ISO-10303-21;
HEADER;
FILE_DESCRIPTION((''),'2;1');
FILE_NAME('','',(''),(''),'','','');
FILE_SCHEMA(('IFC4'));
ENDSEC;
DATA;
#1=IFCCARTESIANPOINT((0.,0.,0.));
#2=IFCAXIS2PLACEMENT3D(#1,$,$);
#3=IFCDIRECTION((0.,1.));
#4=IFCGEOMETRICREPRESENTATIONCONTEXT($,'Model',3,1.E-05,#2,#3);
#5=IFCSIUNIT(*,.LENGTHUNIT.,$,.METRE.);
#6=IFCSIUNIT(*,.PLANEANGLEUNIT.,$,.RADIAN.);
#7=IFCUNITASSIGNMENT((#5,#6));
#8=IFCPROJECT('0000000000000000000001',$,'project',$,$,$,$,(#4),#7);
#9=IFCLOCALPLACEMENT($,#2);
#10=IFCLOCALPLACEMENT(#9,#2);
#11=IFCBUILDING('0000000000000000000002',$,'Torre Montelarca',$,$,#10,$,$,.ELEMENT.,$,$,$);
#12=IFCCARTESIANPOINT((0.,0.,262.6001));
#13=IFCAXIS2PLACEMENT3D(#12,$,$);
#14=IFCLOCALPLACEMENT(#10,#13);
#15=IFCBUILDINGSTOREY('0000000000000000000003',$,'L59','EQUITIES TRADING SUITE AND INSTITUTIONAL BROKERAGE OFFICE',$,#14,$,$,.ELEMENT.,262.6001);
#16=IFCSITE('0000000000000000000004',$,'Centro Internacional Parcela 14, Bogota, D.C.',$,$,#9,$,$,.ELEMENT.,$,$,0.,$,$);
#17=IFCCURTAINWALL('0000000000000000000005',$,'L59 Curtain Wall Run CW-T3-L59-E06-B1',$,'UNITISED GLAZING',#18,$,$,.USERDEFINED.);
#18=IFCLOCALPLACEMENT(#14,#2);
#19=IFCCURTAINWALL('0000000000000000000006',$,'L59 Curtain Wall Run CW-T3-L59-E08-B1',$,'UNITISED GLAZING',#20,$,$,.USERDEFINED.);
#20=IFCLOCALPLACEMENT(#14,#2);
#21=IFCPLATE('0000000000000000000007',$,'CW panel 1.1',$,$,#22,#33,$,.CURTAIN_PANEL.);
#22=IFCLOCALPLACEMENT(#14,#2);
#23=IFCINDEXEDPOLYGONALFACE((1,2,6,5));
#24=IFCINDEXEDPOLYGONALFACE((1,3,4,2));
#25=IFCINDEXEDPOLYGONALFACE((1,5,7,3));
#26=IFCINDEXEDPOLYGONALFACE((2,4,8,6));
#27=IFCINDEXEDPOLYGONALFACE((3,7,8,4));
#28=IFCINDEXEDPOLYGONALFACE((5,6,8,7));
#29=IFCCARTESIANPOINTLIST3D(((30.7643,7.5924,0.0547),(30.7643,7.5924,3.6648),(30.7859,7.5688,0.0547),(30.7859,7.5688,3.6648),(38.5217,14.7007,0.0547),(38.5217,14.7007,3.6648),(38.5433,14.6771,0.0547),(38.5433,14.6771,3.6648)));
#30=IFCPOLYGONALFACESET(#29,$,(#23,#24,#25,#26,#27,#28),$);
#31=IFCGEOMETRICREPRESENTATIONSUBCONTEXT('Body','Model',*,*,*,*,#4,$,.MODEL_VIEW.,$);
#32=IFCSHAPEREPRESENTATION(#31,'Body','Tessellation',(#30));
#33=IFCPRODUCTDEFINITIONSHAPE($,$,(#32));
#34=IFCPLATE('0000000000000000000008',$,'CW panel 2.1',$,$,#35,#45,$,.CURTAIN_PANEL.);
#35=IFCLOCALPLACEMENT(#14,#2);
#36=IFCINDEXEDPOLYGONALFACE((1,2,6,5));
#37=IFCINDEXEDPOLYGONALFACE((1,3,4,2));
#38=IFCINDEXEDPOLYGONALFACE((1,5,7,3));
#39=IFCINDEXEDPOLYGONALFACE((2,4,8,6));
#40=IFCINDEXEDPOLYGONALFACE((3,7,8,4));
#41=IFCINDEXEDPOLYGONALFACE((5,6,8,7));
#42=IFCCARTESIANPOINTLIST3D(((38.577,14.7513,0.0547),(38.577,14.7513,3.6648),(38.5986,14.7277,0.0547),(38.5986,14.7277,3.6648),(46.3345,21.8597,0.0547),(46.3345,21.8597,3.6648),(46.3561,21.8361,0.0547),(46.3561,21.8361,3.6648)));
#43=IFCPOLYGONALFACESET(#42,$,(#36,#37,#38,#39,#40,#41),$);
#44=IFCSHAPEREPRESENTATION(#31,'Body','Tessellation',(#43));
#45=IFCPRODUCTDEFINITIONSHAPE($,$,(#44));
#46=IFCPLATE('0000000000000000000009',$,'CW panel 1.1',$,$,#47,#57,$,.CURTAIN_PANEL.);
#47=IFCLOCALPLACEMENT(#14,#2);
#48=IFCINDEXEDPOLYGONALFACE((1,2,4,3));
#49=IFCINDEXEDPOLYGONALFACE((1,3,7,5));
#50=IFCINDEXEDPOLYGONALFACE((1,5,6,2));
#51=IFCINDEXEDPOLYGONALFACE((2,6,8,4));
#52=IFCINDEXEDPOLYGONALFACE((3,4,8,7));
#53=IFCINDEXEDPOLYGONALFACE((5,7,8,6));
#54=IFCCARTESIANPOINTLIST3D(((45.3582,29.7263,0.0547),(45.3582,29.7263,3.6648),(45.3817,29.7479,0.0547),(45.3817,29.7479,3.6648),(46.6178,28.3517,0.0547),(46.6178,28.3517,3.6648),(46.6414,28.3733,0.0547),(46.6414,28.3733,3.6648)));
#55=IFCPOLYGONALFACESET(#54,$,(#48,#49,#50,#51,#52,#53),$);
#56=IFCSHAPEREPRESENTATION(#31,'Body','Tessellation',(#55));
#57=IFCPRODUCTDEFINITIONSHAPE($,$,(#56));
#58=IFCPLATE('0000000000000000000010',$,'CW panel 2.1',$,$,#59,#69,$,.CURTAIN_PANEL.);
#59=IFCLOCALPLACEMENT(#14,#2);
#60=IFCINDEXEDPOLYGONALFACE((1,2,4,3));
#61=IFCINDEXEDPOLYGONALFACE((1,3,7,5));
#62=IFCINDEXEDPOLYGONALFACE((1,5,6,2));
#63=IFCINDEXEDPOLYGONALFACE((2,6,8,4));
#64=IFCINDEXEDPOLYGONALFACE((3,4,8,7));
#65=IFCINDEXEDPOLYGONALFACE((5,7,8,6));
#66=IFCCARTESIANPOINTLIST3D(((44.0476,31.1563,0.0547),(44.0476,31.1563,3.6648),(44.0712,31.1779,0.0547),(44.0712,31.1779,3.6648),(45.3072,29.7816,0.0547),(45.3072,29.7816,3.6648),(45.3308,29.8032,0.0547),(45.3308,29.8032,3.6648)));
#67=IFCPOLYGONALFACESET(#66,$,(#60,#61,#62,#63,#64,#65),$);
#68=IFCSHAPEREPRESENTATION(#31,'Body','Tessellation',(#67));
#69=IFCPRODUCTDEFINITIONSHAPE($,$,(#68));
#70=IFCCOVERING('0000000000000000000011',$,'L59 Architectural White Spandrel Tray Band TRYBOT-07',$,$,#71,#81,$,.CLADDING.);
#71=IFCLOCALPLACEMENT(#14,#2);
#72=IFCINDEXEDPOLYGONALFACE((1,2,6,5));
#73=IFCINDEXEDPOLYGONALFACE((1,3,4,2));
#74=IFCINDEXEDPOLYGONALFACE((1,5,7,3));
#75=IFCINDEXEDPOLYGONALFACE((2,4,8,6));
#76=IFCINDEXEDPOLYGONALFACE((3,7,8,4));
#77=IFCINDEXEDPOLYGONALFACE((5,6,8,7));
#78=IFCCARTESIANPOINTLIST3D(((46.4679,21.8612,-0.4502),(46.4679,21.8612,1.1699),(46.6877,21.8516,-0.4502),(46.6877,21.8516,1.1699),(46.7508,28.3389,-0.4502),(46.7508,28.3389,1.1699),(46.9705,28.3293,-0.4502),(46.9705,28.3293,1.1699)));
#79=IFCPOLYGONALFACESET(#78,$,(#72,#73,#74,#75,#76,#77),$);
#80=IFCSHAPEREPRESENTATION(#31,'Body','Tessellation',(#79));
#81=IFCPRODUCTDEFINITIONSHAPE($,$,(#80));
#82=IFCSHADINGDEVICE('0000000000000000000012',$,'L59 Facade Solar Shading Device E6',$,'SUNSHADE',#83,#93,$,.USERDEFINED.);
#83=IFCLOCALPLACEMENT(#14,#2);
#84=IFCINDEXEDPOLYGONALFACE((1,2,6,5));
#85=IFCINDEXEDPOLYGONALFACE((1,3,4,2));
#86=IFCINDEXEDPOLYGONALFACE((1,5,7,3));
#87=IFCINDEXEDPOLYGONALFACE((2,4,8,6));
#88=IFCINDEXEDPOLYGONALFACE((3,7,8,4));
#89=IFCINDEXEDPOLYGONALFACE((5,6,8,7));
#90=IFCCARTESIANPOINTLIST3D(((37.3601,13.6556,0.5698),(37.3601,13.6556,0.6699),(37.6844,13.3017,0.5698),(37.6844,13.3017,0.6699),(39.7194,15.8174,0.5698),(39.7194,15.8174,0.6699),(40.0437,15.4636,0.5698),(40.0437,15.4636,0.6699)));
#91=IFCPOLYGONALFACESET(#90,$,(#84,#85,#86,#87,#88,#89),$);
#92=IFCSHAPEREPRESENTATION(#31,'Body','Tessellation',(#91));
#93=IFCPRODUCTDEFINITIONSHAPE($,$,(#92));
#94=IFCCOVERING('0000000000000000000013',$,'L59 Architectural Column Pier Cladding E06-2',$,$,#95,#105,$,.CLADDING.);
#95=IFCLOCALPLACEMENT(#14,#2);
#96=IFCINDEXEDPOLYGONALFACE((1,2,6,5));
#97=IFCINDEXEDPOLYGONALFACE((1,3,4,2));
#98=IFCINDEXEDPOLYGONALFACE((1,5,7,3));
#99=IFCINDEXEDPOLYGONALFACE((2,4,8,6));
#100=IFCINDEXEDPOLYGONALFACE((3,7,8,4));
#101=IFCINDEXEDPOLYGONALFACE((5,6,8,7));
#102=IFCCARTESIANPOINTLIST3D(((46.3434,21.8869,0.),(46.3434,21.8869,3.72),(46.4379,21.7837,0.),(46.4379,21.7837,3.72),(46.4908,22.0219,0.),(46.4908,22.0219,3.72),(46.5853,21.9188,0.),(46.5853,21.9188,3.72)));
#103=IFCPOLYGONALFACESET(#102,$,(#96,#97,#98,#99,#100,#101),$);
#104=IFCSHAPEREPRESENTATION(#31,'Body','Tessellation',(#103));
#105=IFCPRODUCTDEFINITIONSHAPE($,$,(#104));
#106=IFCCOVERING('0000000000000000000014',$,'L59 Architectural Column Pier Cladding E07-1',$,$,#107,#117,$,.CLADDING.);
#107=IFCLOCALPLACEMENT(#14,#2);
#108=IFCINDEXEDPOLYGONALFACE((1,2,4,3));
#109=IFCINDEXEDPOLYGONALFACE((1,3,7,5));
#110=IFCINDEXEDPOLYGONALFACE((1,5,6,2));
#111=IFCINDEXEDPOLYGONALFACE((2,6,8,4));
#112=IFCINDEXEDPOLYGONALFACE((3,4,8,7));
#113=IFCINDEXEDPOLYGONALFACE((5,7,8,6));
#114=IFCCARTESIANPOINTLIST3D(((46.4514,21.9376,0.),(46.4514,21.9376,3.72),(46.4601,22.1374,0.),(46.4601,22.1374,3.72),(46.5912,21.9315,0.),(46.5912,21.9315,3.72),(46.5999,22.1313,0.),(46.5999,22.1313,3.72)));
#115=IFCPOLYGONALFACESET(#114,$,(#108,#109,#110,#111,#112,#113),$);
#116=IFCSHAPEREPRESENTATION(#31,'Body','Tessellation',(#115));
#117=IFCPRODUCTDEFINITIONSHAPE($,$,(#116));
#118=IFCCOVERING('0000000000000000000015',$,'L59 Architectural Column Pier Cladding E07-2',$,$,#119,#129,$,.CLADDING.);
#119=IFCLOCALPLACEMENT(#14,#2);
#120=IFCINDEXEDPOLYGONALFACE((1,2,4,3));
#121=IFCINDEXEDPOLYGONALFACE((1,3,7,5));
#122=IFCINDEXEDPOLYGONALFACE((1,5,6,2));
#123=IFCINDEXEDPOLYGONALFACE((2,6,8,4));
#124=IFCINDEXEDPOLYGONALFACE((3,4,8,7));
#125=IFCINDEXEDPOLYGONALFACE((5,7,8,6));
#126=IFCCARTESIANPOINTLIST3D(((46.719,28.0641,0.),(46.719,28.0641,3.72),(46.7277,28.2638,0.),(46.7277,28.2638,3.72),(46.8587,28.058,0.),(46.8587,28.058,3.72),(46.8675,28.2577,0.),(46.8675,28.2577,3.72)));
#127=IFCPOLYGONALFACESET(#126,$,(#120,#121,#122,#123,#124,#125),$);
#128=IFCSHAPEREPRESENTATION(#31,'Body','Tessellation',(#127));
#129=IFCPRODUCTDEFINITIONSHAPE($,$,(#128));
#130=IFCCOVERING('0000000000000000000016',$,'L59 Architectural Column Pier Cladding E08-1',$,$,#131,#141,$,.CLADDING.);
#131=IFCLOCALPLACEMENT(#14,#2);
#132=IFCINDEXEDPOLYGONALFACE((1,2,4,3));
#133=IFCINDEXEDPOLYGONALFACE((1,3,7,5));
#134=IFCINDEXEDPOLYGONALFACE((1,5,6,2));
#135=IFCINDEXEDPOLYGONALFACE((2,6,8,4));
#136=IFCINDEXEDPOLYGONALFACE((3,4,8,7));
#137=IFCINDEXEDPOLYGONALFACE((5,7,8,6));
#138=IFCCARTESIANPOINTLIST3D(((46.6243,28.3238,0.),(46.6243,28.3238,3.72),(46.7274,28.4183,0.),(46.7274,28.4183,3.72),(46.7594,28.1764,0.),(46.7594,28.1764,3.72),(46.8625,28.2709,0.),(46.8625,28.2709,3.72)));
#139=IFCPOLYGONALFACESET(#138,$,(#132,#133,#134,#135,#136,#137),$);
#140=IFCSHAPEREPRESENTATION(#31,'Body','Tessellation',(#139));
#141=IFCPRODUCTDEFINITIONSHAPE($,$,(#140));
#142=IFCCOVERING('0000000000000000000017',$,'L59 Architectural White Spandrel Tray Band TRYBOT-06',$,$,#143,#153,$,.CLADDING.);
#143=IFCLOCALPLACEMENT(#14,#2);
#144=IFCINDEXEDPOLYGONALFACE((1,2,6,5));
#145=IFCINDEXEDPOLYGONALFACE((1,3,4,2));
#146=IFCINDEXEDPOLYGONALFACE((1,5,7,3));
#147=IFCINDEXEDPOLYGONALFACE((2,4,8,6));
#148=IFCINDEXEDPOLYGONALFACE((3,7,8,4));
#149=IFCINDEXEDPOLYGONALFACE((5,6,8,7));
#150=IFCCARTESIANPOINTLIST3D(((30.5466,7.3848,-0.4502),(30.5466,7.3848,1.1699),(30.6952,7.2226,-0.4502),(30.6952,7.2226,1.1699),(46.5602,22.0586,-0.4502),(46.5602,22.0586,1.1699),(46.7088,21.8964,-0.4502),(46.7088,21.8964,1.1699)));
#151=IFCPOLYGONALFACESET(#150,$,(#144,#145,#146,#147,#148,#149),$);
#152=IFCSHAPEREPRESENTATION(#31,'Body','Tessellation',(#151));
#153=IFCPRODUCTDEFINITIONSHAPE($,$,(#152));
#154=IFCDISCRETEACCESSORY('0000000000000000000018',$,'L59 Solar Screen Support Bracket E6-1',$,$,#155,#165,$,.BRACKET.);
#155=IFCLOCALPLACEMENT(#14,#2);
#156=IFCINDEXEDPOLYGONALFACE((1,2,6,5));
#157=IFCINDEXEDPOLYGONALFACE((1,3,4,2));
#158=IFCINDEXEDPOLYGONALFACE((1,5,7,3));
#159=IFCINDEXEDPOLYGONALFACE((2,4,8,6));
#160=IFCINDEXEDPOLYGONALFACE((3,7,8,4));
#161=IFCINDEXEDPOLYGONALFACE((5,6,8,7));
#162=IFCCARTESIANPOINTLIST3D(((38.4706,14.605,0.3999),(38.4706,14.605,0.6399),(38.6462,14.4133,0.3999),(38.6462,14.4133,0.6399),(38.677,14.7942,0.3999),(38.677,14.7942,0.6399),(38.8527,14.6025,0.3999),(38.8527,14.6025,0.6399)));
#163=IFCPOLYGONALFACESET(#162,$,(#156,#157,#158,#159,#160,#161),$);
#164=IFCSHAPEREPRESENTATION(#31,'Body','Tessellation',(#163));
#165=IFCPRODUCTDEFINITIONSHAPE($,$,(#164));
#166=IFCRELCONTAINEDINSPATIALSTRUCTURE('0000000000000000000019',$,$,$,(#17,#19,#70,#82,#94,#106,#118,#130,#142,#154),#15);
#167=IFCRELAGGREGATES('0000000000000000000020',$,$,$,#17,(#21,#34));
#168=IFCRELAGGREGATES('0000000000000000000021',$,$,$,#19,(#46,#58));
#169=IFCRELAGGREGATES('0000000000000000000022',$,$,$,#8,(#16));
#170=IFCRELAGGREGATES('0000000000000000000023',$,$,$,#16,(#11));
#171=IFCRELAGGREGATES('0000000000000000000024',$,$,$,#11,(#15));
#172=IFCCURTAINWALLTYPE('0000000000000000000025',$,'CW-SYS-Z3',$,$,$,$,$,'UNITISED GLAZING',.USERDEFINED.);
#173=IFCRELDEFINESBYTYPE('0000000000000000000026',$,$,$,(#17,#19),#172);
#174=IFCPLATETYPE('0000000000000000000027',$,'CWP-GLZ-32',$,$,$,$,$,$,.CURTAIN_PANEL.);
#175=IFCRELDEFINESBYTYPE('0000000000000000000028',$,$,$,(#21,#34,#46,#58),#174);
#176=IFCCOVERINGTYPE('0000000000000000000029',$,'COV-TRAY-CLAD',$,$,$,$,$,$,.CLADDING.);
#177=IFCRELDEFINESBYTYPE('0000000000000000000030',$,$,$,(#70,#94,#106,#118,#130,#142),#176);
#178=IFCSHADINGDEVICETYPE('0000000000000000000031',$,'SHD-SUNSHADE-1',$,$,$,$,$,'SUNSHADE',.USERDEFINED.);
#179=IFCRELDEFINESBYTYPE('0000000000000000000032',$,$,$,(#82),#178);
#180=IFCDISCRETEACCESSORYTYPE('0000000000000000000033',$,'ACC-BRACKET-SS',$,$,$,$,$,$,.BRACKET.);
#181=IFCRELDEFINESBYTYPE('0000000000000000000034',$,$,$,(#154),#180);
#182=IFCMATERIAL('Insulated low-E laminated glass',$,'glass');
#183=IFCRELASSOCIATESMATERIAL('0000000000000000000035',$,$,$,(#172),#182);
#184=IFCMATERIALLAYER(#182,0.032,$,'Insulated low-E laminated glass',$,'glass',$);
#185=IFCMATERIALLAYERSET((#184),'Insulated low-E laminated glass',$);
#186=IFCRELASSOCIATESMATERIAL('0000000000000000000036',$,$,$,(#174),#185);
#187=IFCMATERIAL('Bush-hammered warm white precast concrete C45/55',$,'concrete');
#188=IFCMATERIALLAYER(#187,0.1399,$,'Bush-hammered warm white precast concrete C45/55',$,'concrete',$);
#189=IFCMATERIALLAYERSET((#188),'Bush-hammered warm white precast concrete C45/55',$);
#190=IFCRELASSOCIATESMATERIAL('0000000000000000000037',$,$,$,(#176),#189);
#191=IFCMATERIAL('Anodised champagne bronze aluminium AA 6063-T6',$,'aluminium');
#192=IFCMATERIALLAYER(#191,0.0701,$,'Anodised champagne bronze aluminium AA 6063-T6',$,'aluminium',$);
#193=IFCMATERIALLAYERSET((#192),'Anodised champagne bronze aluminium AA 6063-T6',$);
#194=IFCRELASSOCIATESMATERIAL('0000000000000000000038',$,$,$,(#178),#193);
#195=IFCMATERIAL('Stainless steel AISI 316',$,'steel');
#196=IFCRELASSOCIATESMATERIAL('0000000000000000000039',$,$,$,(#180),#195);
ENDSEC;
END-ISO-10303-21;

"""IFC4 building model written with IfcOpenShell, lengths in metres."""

from ifc_helpers import new_model, si_unit, direction, frame, origin, origin_2d, place, context, subcontext, project, spatial, rectangle, extrude, source, transform, mapped, material, layer, layer_set, type_object, element, aggregate, save


model = new_model("IFC4")

# Units and contexts
model_context = context("Model", 3, precision=1e-05, world=origin(), true_north=direction((0.0, 1.0)))
body_context = subcontext(model_context, "Body", "Model", "MODEL_VIEW")
ifc_project = project(units=[si_unit("LENGTHUNIT", "METRE"), si_unit("PLANEANGLEUNIT", "RADIAN")], contexts=[model_context])

# Site, building, storey
site_placement = place(None, origin())
site = spatial("IfcSite", under=ifc_project, at=site_placement, Name="Centro Internacional Parcela 14, Bogota, D.C.", CompositionType="ELEMENT", RefElevation=0.0)
building_placement = place(site_placement, origin())
building = spatial("IfcBuilding", under=site, at=building_placement, Name="Torre Montelarca", CompositionType="ELEMENT")
storey_placement = place(building_placement, frame((0.0, 0.0, 262.6001)))
storey = spatial("IfcBuildingStorey", under=building, at=storey_placement, Name="L59", Description="EQUITIES TRADING SUITE AND INSTITUTIONAL BROKERAGE OFFICE", CompositionType="ELEMENT", Elevation=262.6001)

# Curtain wall
ifc_material_1 = material(Name="Insulated low-E laminated glass", Category="glass")
curtain_wall_type = type_object("IfcCurtainWallType", Name="CW-SYS-Z3", ElementType="UNITISED GLAZING", PredefinedType="USERDEFINED", material=ifc_material_1)
curtain_wall_1_placement = place(storey_placement, origin())
curtain_wall_1 = element("IfcCurtainWall", 1, at=curtain_wall_1_placement, inside=storey, type_object=curtain_wall_type, Name="L59 Curtain Wall Run CW-T3-L59-E06-B1", ObjectType="UNITISED GLAZING", PredefinedType="USERDEFINED")

# Curtain wall
curtain_wall_2_placement = place(storey_placement, origin())
curtain_wall_2 = element("IfcCurtainWall", 2, at=curtain_wall_2_placement, inside=storey, type_object=curtain_wall_type, Name="L59 Curtain Wall Run CW-T3-L59-E08-B1", ObjectType="UNITISED GLAZING", PredefinedType="USERDEFINED")

# Plates
ifc_layer_1 = layer(ifc_material_1, 0.032, Name="Insulated low-E laminated glass", Category="glass")
ifc_layer_set_1 = layer_set([ifc_layer_1], Name="Insulated low-E laminated glass")
plate_type_1 = type_object("IfcPlateType", Name="CWP-GLZ-32", PredefinedType="CURTAIN_PANEL", material=ifc_layer_set_1)
shared_shape_1 = source(origin(), body_context, "Body", "SweptSolid", [
    extrude(rectangle(XDim=10.5217, YDim=0.032, at=origin_2d()), origin(), (0.0, 0.0, 1.0), 3.6101),
])
plate_1_placement = place(storey_placement, frame((34.6538, 11.1348, 0.0547), z_axis=(0.0, 0.0, 1.0), x_axis=(0.73728, 0.675587, 0.0)))
plate_1 = element("IfcPlate", 3, at=plate_1_placement, type_object=plate_type_1, Name="CW panel 1.1", PredefinedType="CURTAIN_PANEL", context=body_context, shape_type="MappedRepresentation", body=[
    mapped(shared_shape_1, transform((0.0, 0.0, 0.0), scale=1.0)),
])
plate_2_placement = place(storey_placement, frame((42.4666, 18.2937, 0.0547), z_axis=(0.0, 0.0, 1.0), x_axis=(0.73728, 0.675587, 0.0)))
plate_2 = element("IfcPlate", 4, at=plate_2_placement, type_object=plate_type_1, Name="CW panel 2.1", PredefinedType="CURTAIN_PANEL", context=body_context, shape_type="MappedRepresentation", body=[
    mapped(shared_shape_1, transform((0.0, 0.0, 0.0), scale=1.0)),
])
aggregate(curtain_wall_1, [plate_1, plate_2])
shared_shape_2 = source(origin(), body_context, "Body", "SweptSolid", [
    extrude(rectangle(XDim=1.8645, YDim=0.032, at=origin_2d()), origin(), (0.0, 0.0, 1.0), 3.6101),
])
plate_3_placement = place(storey_placement, frame((45.9998, 29.0498, 0.0547), z_axis=(0.0, 0.0, 1.0), x_axis=(-0.67558, 0.737286, 0.0)))
plate_3 = element("IfcPlate", 5, at=plate_3_placement, type_object=plate_type_1, Name="CW panel 1.1", PredefinedType="CURTAIN_PANEL", context=body_context, shape_type="MappedRepresentation", body=[
    mapped(shared_shape_2, transform((0.0, 0.0, 0.0), scale=1.0)),
])
plate_4_placement = place(storey_placement, frame((44.6892, 30.4797, 0.0547), z_axis=(0.0, 0.0, 1.0), x_axis=(-0.67558, 0.737286, 0.0)))
plate_4 = element("IfcPlate", 6, at=plate_4_placement, type_object=plate_type_1, Name="CW panel 2.1", PredefinedType="CURTAIN_PANEL", context=body_context, shape_type="MappedRepresentation", body=[
    mapped(shared_shape_2, transform((0.0, 0.0, 0.0), scale=1.0)),
])
aggregate(curtain_wall_2, [plate_3, plate_4])

# Covering
ifc_material_2 = material(Name="Bush-hammered warm white precast concrete C45/55", Category="concrete")
ifc_layer_2 = layer(ifc_material_2, 0.1399, Name="Bush-hammered warm white precast concrete C45/55", Category="concrete")
ifc_layer_set_2 = layer_set([ifc_layer_2], Name="Bush-hammered warm white precast concrete C45/55")
covering_type = type_object("IfcCoveringType", Name="COV-TRAY-CLAD", PredefinedType="CLADDING", material=ifc_layer_set_2)
shared_shape_3 = source(origin(), body_context, "Body", "SweptSolid", [
    extrude(rectangle(XDim=6.4839, YDim=0.22, at=origin_2d()), origin(), (0.0, 0.0, 1.0), 1.6201),
])
covering_1_placement = place(storey_placement, frame((46.7192, 25.0952, -0.4502), z_axis=(0.0, 0.0, 1.0), x_axis=(0.043621, 0.999048, 0.0)))
element("IfcCovering", 7, at=covering_1_placement, inside=storey, type_object=covering_type, Name="L59 Architectural White Spandrel Tray Band TRYBOT-07", PredefinedType="CLADDING", context=body_context, shape_type="MappedRepresentation", body=[
    mapped(shared_shape_3, transform((0.0, 0.0, 0.0), scale=1.0)),
])

# Shading device
ifc_material_3 = material(Name="Anodised champagne bronze aluminium AA 6063-T6", Category="aluminium")
ifc_layer_3 = layer(ifc_material_3, 0.0701, Name="Anodised champagne bronze aluminium AA 6063-T6", Category="aluminium")
ifc_layer_set_3 = layer_set([ifc_layer_3], Name="Anodised champagne bronze aluminium AA 6063-T6")
shading_device_type = type_object("IfcShadingDeviceType", Name="SHD-SUNSHADE-1", ElementType="SUNSHADE", PredefinedType="USERDEFINED", material=ifc_layer_set_3)
shared_shape_4 = source(origin(), body_context, "Body", "SweptSolid", [
    extrude(rectangle(XDim=3.2, YDim=0.48, at=origin_2d()), origin(), (0.0, 0.0, 1.0), 0.1001),
])
shading_device_placement = place(storey_placement, frame((38.7019, 14.5596, 0.5698), z_axis=(0.0, 0.0, 1.0), x_axis=(0.737276, 0.675591, 0.0)))
element("IfcShadingDevice", 8, at=shading_device_placement, inside=storey, type_object=shading_device_type, Name="L59 Facade Solar Shading Device E6", ObjectType="SUNSHADE", PredefinedType="USERDEFINED", context=body_context, shape_type="MappedRepresentation", body=[
    mapped(shared_shape_4, transform((0.0, 0.0, 0.0), scale=1.0)),
])

# Coverings
shared_shape_5 = source(origin(), body_context, "Body", "SweptSolid", [
    extrude(rectangle(XDim=0.2, YDim=0.1399, at=origin_2d()), origin(), (0.0, 0.0, 1.0), 3.72),
])
for number, where, z_axis, x_axis, name in (
    (9, (46.4644, 21.9028, 0.0), (0.0, 0.0, 1.0), (0.737277, 0.67559, 0.0), "L59 Architectural Column Pier Cladding E06-2"),
    (10, (46.5256, 22.0344, 0.0), (0.0, 0.0, 1.0), (0.043628, 0.999048, 0.0), "L59 Architectural Column Pier Cladding E07-1"),
    (11, (46.7932, 28.1609, 0.0), (0.0, 0.0, 1.0), (0.043628, 0.999048, 0.0), "L59 Architectural Column Pier Cladding E07-2"),
    (12, (46.7434, 28.2974, 0.0), (0.0, 0.0, 1.0), (-0.675589, 0.737279, 0.0), "L59 Architectural Column Pier Cladding E08-1"),
):
    element("IfcCovering", number, at=place(storey_placement, frame(where, z_axis=z_axis, x_axis=x_axis)), inside=storey, type_object=covering_type, Name=name, PredefinedType="CLADDING", context=body_context, shape_type="MappedRepresentation", body=[
        mapped(shared_shape_5, transform((0.0, 0.0, 0.0), scale=1.0)),
    ])
shared_shape_6 = source(origin(), body_context, "Body", "SweptSolid", [
    extrude(rectangle(XDim=21.72, YDim=0.22, at=origin_2d()), origin(), (0.0, 0.0, 1.0), 1.6201),
])
covering_2_placement = place(storey_placement, frame((38.6277, 14.6406, -0.4502), z_axis=(0.0, 0.0, 1.0), x_axis=(0.737276, 0.675591, 0.0)))
element("IfcCovering", 13, at=covering_2_placement, inside=storey, type_object=covering_type, Name="L59 Architectural White Spandrel Tray Band TRYBOT-06", PredefinedType="CLADDING", context=body_context, shape_type="MappedRepresentation", body=[
    mapped(shared_shape_6, transform((0.0, 0.0, 0.0), scale=1.0)),
])

# Discrete accessory
ifc_material_4 = material(Name="Stainless steel AISI 316", Category="steel")
discrete_accessory_type = type_object("IfcDiscreteAccessoryType", Name="ACC-BRACKET-SS", PredefinedType="BRACKET", material=ifc_material_4)
shared_shape_7 = source(origin(), body_context, "Body", "SweptSolid", [
    extrude(rectangle(XDim=0.28, YDim=0.26, at=origin_2d()), origin(), (0.0, 0.0, 1.0), 0.24),
])
discrete_accessory_placement = place(storey_placement, frame((38.6616, 14.6038, 0.3999), z_axis=(0.0, 0.0, 1.0), x_axis=(0.737276, 0.675591, 0.0)))
element("IfcDiscreteAccessory", 14, at=discrete_accessory_placement, inside=storey, type_object=discrete_accessory_type, Name="L59 Solar Screen Support Bracket E6-1", PredefinedType="BRACKET", context=body_context, shape_type="MappedRepresentation", body=[
    mapped(shared_shape_7, transform((0.0, 0.0, 0.0), scale=1.0)),
])

save(model, "model.ifc")
